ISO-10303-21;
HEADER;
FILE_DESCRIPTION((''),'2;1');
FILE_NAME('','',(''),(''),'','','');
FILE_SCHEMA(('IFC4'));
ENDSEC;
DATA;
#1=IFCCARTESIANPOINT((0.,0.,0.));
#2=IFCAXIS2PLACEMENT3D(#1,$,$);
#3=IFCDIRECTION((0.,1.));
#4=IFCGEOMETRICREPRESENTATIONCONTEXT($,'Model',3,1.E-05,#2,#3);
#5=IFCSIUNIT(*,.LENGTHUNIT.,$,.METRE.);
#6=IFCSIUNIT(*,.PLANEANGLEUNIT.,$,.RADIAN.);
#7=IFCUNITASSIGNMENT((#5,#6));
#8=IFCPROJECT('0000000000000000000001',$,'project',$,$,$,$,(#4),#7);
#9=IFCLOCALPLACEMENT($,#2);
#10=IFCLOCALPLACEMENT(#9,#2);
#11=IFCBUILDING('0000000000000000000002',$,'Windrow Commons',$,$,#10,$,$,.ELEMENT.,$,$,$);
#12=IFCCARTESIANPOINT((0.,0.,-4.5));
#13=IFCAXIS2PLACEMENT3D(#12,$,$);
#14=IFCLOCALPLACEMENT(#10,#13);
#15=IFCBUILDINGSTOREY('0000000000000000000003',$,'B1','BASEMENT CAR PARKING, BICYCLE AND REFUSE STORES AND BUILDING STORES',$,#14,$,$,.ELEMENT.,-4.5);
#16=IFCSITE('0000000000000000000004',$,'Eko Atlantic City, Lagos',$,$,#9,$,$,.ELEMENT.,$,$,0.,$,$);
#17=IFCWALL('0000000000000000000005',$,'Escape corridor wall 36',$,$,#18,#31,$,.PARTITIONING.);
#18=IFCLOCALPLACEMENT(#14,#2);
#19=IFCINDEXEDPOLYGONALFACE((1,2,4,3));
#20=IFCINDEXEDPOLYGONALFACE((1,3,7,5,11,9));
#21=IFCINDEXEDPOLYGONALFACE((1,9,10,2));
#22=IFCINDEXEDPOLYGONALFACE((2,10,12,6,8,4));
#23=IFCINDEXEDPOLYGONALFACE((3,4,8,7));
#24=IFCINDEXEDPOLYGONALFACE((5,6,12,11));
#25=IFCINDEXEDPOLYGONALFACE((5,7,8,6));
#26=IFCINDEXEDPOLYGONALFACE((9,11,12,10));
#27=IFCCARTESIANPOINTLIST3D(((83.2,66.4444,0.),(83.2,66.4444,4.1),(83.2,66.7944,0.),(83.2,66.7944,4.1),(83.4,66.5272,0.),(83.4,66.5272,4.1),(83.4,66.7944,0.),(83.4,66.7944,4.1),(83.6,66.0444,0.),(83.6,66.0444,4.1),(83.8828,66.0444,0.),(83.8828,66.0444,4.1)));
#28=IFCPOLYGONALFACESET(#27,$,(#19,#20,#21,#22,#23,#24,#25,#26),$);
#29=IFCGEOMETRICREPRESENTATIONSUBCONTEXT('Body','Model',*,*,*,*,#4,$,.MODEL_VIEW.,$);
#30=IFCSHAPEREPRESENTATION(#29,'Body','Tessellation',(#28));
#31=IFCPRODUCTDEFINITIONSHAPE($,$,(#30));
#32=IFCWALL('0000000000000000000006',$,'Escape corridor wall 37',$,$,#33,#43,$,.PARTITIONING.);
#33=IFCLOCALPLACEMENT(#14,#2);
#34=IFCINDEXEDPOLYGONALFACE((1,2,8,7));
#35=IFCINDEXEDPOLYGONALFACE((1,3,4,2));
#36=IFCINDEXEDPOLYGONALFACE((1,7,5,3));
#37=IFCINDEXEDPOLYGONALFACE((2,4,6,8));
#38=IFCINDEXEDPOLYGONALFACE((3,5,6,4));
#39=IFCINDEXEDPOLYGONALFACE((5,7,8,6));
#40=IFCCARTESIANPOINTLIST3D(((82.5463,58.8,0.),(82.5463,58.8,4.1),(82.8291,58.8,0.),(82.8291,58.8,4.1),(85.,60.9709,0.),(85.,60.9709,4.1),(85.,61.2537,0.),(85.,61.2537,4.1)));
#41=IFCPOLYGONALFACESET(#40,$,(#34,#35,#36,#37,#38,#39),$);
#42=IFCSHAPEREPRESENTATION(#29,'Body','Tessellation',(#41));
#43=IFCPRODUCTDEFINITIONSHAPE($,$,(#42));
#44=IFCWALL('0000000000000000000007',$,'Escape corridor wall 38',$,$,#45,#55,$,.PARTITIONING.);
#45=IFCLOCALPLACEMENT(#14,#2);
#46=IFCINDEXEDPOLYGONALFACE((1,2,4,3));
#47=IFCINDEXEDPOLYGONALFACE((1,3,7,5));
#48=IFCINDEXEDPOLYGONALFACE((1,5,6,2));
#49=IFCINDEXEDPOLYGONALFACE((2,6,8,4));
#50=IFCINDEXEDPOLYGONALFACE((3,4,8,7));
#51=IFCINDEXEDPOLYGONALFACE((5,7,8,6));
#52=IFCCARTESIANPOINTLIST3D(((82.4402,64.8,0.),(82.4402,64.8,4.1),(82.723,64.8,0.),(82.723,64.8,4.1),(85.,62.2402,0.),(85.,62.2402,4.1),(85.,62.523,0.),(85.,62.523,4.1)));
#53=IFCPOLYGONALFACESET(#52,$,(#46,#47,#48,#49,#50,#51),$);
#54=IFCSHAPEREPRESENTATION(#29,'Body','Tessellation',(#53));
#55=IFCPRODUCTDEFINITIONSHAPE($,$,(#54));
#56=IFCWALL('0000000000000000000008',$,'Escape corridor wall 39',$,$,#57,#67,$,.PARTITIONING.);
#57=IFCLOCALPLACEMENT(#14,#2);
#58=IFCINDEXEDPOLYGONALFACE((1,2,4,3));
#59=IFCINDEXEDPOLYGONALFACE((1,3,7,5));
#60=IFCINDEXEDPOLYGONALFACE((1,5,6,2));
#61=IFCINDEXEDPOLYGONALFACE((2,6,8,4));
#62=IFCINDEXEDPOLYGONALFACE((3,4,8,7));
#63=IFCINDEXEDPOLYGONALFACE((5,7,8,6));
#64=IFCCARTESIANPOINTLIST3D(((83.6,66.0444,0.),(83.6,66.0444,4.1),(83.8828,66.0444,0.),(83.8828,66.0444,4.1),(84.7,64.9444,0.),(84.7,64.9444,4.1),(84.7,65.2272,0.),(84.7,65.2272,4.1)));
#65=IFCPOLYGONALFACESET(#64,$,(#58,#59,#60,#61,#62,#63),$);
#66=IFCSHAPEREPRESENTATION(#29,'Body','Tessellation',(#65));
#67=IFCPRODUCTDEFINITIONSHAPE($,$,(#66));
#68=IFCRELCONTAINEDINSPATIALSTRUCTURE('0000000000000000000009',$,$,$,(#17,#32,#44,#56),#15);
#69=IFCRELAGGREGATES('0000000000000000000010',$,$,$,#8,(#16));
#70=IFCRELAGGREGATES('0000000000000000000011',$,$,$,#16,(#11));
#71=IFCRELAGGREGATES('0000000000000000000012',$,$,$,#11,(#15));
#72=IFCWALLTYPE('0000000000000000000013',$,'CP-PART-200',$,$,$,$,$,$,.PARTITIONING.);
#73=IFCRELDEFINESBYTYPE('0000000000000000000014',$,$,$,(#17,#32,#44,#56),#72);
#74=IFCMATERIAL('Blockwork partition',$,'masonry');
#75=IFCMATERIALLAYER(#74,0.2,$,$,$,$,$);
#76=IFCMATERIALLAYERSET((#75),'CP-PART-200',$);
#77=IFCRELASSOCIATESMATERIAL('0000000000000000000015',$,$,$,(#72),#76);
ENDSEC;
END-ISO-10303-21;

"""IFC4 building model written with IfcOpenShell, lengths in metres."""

from ifc_helpers import new_model, si_unit, direction, frame, origin, place, context, subcontext, project, spatial, polyline, outline, extrude, material, layer, layer_set, type_object, element, save


model = new_model("IFC4")

# Units and contexts
model_context = context("Model", 3, precision=1e-05, world=origin(), true_north=direction((0.0, 1.0)))
body_context = subcontext(model_context, "Body", "Model", "MODEL_VIEW")
ifc_project = project(units=[si_unit("LENGTHUNIT", "METRE"), si_unit("PLANEANGLEUNIT", "RADIAN")], contexts=[model_context])

# Site, building, storey
site_placement = place(None, origin())
site = spatial("IfcSite", under=ifc_project, at=site_placement, Name="Eko Atlantic City, Lagos", CompositionType="ELEMENT", RefElevation=0.0)
building_placement = place(site_placement, origin())
building = spatial("IfcBuilding", under=site, at=building_placement, Name="Windrow Commons", CompositionType="ELEMENT")
storey_placement = place(building_placement, frame((0.0, 0.0, -4.5)))
storey = spatial("IfcBuildingStorey", under=building, at=storey_placement, Name="B1", Description="BASEMENT CAR PARKING, BICYCLE AND REFUSE STORES AND BUILDING STORES", CompositionType="ELEMENT", Elevation=-4.5)

# Walls
ifc_material = material(Name="Blockwork partition", Category="masonry")
ifc_layer = layer(ifc_material, 0.2)
ifc_layer_set = layer_set([ifc_layer], Name="CP-PART-200")
wall_type = type_object("IfcWallType", Name="CP-PART-200", PredefinedType="PARTITIONING", material=ifc_layer_set)
placement = place(storey_placement, origin())
element("IfcWall", 1, at=placement, inside=storey, type_object=wall_type, Name="Escape corridor wall 36", PredefinedType="PARTITIONING", context=body_context, shape_type="SweptSolid", body=[
    extrude(outline(polyline([(83.6, 66.0444), (83.8828, 66.0444), (83.4, 66.5272), (83.4, 66.7944), (83.2, 66.7944), (83.2, 66.4444), (83.6, 66.0444)])), origin(), (0.0, 0.0, 1.0), 4.1),
])
element("IfcWall", 2, at=placement, inside=storey, type_object=wall_type, Name="Escape corridor wall 37", PredefinedType="PARTITIONING", context=body_context, shape_type="SweptSolid", body=[
    extrude(outline(polyline([(82.8291, 58.8), (85.0, 60.9709), (85.0, 61.2537), (82.5463, 58.8), (82.8291, 58.8)])), origin(), (0.0, 0.0, 1.0), 4.1),
])
element("IfcWall", 3, at=placement, inside=storey, type_object=wall_type, Name="Escape corridor wall 38", PredefinedType="PARTITIONING", context=body_context, shape_type="SweptSolid", body=[
    extrude(outline(polyline([(85.0, 62.523), (82.723, 64.8), (82.4402, 64.8), (85.0, 62.2402), (85.0, 62.523)])), origin(), (0.0, 0.0, 1.0), 4.1),
])
element("IfcWall", 4, at=placement, inside=storey, type_object=wall_type, Name="Escape corridor wall 39", PredefinedType="PARTITIONING", context=body_context, shape_type="SweptSolid", body=[
    extrude(outline(polyline([(84.7, 65.2272), (83.8828, 66.0444), (83.6, 66.0444), (84.7, 64.9444), (84.7, 65.2272)])), origin(), (0.0, 0.0, 1.0), 4.1),
])

save(model, "model.ifc")
